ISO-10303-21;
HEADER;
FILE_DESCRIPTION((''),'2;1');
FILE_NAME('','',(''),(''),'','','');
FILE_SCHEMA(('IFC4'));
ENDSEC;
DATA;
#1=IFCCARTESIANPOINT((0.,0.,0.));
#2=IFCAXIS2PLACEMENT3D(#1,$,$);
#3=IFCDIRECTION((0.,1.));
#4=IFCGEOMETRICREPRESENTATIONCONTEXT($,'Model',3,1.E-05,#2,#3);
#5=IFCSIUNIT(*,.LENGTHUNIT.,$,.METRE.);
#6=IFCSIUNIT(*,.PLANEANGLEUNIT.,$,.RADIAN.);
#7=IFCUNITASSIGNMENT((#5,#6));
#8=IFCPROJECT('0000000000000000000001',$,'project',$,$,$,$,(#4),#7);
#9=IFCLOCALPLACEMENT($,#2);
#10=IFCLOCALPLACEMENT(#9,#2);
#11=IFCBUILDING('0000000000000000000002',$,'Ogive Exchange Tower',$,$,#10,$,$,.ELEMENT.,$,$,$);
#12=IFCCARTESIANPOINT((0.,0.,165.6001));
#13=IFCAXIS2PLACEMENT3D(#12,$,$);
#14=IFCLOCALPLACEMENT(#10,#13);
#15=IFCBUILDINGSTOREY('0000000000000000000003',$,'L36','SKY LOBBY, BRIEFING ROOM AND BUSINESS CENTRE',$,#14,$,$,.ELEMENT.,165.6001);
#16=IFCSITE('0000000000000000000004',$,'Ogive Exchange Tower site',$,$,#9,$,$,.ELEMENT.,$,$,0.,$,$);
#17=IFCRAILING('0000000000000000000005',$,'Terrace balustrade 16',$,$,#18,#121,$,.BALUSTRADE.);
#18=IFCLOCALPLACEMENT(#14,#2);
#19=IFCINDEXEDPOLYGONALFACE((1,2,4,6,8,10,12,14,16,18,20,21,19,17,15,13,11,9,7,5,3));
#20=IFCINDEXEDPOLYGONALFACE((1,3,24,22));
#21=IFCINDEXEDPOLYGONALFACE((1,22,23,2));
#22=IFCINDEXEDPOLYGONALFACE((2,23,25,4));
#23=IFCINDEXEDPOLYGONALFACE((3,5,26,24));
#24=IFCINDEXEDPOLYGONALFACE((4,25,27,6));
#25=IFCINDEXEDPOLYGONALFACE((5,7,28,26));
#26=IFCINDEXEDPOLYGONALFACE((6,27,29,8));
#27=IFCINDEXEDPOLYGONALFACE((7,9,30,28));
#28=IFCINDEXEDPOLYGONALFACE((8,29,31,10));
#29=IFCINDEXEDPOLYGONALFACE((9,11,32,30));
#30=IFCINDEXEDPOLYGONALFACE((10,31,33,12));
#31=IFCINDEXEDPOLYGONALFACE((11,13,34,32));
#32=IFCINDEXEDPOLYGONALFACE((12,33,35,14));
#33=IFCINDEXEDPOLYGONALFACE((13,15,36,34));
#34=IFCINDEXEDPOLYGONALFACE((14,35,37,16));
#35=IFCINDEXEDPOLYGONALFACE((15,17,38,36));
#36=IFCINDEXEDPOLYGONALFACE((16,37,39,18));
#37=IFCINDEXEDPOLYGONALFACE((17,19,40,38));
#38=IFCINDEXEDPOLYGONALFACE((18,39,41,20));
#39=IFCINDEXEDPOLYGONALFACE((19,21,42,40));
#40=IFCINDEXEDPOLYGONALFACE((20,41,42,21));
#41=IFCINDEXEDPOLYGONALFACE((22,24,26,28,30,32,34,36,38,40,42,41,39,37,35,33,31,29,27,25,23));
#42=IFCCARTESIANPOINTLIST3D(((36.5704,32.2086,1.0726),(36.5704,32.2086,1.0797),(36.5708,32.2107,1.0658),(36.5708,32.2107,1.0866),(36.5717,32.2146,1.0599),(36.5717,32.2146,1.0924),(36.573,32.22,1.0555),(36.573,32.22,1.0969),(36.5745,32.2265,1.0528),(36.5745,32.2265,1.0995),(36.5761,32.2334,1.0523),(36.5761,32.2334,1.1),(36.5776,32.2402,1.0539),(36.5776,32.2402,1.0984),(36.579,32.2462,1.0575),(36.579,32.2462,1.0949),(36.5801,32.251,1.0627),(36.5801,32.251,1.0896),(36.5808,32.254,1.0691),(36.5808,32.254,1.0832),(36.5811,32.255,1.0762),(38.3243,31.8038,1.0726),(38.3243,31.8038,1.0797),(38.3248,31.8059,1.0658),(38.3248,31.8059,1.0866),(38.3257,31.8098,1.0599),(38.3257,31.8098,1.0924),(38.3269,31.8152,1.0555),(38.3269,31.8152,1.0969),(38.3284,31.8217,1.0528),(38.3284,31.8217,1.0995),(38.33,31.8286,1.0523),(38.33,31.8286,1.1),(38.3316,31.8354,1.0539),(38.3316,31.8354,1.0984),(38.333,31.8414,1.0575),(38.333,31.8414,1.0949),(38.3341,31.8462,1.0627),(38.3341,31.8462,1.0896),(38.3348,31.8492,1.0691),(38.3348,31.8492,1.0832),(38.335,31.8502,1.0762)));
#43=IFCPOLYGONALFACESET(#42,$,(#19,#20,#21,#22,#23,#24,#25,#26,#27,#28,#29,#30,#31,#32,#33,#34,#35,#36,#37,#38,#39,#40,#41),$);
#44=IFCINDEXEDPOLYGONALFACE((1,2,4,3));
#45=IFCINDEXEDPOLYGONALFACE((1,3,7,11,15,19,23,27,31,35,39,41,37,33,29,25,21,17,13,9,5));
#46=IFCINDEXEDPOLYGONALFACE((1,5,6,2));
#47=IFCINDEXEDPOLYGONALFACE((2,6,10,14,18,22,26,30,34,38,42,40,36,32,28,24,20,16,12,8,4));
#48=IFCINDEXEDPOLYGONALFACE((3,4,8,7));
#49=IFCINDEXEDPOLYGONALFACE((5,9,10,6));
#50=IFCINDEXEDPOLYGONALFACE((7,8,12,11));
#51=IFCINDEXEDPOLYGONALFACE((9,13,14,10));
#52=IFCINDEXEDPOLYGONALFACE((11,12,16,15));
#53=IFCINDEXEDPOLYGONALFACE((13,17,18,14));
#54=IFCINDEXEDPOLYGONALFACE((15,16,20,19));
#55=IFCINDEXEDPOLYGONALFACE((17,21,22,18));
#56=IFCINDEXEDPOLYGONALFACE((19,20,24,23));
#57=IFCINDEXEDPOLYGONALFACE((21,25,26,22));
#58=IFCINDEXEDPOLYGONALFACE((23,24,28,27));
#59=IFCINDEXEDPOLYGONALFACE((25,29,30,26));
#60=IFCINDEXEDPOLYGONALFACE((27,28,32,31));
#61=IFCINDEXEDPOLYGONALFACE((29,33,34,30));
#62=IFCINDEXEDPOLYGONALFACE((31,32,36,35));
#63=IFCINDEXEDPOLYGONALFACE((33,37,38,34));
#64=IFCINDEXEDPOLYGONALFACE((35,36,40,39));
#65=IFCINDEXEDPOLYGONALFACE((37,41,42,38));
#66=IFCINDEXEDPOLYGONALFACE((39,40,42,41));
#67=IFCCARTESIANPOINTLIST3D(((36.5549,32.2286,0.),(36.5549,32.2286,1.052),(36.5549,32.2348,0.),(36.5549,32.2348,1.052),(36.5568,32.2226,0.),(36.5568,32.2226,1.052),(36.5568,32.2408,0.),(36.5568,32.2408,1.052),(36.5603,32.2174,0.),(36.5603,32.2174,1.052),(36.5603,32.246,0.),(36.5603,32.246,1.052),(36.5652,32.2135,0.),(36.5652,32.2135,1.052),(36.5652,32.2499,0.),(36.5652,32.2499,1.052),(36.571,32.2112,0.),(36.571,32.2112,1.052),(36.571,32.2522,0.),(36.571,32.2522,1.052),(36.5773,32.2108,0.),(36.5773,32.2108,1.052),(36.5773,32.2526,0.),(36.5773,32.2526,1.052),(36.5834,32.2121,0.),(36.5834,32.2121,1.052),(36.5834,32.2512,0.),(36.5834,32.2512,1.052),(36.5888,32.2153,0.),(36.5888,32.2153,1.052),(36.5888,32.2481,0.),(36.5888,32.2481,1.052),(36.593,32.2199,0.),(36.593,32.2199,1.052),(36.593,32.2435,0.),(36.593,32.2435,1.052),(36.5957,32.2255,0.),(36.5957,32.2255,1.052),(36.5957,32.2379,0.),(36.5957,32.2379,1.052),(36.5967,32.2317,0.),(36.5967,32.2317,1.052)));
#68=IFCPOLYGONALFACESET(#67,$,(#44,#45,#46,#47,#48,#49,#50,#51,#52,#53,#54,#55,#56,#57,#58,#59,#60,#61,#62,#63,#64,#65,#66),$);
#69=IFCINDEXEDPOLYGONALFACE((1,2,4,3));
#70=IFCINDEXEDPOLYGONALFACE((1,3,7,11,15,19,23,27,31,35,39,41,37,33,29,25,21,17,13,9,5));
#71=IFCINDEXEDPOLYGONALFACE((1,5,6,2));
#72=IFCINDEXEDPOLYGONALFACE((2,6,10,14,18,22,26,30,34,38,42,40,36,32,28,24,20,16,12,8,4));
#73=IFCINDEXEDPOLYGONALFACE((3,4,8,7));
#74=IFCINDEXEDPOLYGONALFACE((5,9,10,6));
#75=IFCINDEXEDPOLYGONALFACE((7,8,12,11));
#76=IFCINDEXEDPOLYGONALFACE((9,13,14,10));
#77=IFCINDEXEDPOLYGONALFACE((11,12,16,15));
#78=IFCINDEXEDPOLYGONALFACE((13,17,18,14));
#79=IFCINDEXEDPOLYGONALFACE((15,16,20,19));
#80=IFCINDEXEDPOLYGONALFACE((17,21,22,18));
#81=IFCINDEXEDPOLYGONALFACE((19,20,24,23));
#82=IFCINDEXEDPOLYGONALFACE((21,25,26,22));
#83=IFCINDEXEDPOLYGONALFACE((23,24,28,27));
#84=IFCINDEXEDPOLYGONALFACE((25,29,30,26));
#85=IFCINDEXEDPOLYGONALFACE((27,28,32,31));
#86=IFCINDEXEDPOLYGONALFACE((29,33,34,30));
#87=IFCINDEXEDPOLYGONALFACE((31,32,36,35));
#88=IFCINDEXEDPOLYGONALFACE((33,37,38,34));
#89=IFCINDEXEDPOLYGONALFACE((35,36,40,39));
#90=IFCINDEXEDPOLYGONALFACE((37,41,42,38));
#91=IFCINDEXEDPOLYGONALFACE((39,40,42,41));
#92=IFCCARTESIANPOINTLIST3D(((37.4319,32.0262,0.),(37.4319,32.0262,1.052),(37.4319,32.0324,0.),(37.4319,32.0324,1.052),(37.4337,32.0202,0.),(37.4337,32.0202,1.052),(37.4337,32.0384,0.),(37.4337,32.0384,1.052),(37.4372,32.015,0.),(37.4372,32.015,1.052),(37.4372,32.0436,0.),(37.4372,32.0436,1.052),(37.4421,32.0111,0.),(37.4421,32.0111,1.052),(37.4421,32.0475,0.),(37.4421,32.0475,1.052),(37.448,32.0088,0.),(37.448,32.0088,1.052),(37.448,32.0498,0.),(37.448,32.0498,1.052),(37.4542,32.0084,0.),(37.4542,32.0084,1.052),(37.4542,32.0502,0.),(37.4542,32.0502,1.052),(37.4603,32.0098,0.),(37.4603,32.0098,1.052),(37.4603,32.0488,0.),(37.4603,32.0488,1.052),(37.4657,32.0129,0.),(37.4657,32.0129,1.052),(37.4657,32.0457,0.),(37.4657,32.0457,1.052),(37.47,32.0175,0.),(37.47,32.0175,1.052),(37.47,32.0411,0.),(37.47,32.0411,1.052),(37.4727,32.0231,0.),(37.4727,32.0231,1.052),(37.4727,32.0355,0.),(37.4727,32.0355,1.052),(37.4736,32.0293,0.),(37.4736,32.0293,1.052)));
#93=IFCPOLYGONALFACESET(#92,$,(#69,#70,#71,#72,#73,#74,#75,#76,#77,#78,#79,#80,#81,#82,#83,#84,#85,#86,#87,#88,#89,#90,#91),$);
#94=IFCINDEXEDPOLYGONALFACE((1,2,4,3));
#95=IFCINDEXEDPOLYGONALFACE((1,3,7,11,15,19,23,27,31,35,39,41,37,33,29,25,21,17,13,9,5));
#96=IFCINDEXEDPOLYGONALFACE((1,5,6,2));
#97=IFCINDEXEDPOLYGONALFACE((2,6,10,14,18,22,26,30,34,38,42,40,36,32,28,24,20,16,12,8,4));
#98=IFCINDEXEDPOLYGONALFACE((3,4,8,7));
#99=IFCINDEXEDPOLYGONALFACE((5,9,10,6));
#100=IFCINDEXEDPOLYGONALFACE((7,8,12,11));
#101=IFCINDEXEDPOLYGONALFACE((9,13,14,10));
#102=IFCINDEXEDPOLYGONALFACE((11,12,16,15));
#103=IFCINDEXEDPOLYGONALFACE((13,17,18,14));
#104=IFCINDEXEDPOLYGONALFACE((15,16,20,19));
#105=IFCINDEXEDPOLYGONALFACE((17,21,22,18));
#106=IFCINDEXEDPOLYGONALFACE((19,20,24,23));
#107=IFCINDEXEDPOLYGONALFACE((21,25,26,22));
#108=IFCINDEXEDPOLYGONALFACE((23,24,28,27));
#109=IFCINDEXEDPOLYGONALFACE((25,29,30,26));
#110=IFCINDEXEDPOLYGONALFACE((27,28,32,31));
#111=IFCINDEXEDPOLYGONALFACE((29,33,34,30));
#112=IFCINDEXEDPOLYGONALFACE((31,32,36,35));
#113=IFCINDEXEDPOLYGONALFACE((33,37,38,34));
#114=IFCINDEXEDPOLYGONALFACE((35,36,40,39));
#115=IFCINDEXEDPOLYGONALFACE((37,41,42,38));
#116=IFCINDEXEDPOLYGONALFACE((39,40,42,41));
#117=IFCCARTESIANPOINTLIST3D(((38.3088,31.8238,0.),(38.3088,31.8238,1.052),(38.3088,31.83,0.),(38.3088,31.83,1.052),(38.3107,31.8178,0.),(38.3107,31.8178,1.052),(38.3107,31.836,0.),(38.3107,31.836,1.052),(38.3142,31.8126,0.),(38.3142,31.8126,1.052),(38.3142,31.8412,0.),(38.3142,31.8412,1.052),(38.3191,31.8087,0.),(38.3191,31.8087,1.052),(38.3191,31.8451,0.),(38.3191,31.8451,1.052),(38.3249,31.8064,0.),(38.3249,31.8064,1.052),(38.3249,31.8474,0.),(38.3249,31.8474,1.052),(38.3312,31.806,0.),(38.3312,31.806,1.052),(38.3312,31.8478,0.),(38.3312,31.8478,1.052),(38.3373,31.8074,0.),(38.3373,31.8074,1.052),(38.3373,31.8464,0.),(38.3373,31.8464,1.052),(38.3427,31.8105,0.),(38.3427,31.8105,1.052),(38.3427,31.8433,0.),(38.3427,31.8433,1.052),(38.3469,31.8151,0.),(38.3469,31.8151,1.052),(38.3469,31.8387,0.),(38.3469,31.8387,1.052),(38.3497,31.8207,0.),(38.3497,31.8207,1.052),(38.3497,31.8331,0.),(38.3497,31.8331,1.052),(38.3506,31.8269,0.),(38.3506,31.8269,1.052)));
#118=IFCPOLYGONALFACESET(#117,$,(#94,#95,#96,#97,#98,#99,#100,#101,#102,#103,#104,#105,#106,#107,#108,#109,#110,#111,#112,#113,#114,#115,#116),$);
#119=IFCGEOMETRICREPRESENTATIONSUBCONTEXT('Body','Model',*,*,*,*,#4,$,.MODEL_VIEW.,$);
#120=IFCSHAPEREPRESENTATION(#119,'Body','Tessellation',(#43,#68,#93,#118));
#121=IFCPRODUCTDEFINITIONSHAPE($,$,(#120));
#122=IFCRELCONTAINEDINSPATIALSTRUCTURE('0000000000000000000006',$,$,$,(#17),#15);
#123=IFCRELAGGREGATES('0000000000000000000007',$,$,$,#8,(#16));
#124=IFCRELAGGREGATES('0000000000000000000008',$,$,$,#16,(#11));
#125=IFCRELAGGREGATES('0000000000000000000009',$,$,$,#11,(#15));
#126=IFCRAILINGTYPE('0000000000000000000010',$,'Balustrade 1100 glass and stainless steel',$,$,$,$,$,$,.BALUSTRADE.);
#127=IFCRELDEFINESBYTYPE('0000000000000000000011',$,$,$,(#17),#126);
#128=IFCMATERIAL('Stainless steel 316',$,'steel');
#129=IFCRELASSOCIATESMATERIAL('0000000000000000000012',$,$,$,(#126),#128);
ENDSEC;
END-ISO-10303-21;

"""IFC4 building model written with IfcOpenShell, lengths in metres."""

from ifc_helpers import new_model, si_unit, direction, frame, origin, origin_2d, place, context, subcontext, project, spatial, circle, extrude, material, type_object, element, save


model = new_model("IFC4")

# Units and contexts
model_context = context("Model", 3, precision=1e-05, world=origin(), true_north=direction((0.0, 1.0)))
body_context = subcontext(model_context, "Body", "Model", "MODEL_VIEW")
ifc_project = project(units=[si_unit("LENGTHUNIT", "METRE"), si_unit("PLANEANGLEUNIT", "RADIAN")], contexts=[model_context])

# Site, building, storey
site_placement = place(None, origin())
site = spatial("IfcSite", under=ifc_project, at=site_placement, Name="Ogive Exchange Tower site", CompositionType="ELEMENT", RefElevation=0.0)
building_placement = place(site_placement, origin())
building = spatial("IfcBuilding", under=site, at=building_placement, Name="Ogive Exchange Tower", CompositionType="ELEMENT")
storey_placement = place(building_placement, frame((0.0, 0.0, 165.6001)))
storey = spatial("IfcBuildingStorey", under=building, at=storey_placement, Name="L36", Description="SKY LOBBY, BRIEFING ROOM AND BUSINESS CENTRE", CompositionType="ELEMENT", Elevation=165.6001)

# Railing
ifc_material_1 = material(Name="Stainless steel 316", Category="steel")
railing_type_1 = type_object("IfcRailingType", Name="Balustrade 1100 glass and stainless steel", PredefinedType="BALUSTRADE", material=ifc_material_1)
railing_1_placement = place(storey_placement, frame((36.5757, 32.2317, 0.0)))
element("IfcRailing", 1, at=railing_1_placement, inside=storey, type_object=railing_type_1, Name="Terrace balustrade 16", PredefinedType="BALUSTRADE", context=body_context, shape_type="SweptSolid", body=[
    extrude(circle(Radius=0.0239, at=origin_2d()), frame((0.0, 0.0, 1.0762), z_axis=(0.974387, -0.224879, 0.0), x_axis=(0.224879, 0.974387, 0.0)), (0.0, 0.0, 1.0), 1.8),
    extrude(circle(Radius=0.021, at=origin_2d()), origin(), (0.0, 0.0, 1.0), 1.052),
    extrude(circle(Radius=0.021, at=origin_2d()), frame((0.877, -0.2024, 0.0)), (0.0, 0.0, 1.0), 1.052),
    extrude(circle(Radius=0.021, at=origin_2d()), frame((1.7539, -0.4048, 0.0)), (0.0, 0.0, 1.0), 1.052),
])

save(model, "model.ifc")
